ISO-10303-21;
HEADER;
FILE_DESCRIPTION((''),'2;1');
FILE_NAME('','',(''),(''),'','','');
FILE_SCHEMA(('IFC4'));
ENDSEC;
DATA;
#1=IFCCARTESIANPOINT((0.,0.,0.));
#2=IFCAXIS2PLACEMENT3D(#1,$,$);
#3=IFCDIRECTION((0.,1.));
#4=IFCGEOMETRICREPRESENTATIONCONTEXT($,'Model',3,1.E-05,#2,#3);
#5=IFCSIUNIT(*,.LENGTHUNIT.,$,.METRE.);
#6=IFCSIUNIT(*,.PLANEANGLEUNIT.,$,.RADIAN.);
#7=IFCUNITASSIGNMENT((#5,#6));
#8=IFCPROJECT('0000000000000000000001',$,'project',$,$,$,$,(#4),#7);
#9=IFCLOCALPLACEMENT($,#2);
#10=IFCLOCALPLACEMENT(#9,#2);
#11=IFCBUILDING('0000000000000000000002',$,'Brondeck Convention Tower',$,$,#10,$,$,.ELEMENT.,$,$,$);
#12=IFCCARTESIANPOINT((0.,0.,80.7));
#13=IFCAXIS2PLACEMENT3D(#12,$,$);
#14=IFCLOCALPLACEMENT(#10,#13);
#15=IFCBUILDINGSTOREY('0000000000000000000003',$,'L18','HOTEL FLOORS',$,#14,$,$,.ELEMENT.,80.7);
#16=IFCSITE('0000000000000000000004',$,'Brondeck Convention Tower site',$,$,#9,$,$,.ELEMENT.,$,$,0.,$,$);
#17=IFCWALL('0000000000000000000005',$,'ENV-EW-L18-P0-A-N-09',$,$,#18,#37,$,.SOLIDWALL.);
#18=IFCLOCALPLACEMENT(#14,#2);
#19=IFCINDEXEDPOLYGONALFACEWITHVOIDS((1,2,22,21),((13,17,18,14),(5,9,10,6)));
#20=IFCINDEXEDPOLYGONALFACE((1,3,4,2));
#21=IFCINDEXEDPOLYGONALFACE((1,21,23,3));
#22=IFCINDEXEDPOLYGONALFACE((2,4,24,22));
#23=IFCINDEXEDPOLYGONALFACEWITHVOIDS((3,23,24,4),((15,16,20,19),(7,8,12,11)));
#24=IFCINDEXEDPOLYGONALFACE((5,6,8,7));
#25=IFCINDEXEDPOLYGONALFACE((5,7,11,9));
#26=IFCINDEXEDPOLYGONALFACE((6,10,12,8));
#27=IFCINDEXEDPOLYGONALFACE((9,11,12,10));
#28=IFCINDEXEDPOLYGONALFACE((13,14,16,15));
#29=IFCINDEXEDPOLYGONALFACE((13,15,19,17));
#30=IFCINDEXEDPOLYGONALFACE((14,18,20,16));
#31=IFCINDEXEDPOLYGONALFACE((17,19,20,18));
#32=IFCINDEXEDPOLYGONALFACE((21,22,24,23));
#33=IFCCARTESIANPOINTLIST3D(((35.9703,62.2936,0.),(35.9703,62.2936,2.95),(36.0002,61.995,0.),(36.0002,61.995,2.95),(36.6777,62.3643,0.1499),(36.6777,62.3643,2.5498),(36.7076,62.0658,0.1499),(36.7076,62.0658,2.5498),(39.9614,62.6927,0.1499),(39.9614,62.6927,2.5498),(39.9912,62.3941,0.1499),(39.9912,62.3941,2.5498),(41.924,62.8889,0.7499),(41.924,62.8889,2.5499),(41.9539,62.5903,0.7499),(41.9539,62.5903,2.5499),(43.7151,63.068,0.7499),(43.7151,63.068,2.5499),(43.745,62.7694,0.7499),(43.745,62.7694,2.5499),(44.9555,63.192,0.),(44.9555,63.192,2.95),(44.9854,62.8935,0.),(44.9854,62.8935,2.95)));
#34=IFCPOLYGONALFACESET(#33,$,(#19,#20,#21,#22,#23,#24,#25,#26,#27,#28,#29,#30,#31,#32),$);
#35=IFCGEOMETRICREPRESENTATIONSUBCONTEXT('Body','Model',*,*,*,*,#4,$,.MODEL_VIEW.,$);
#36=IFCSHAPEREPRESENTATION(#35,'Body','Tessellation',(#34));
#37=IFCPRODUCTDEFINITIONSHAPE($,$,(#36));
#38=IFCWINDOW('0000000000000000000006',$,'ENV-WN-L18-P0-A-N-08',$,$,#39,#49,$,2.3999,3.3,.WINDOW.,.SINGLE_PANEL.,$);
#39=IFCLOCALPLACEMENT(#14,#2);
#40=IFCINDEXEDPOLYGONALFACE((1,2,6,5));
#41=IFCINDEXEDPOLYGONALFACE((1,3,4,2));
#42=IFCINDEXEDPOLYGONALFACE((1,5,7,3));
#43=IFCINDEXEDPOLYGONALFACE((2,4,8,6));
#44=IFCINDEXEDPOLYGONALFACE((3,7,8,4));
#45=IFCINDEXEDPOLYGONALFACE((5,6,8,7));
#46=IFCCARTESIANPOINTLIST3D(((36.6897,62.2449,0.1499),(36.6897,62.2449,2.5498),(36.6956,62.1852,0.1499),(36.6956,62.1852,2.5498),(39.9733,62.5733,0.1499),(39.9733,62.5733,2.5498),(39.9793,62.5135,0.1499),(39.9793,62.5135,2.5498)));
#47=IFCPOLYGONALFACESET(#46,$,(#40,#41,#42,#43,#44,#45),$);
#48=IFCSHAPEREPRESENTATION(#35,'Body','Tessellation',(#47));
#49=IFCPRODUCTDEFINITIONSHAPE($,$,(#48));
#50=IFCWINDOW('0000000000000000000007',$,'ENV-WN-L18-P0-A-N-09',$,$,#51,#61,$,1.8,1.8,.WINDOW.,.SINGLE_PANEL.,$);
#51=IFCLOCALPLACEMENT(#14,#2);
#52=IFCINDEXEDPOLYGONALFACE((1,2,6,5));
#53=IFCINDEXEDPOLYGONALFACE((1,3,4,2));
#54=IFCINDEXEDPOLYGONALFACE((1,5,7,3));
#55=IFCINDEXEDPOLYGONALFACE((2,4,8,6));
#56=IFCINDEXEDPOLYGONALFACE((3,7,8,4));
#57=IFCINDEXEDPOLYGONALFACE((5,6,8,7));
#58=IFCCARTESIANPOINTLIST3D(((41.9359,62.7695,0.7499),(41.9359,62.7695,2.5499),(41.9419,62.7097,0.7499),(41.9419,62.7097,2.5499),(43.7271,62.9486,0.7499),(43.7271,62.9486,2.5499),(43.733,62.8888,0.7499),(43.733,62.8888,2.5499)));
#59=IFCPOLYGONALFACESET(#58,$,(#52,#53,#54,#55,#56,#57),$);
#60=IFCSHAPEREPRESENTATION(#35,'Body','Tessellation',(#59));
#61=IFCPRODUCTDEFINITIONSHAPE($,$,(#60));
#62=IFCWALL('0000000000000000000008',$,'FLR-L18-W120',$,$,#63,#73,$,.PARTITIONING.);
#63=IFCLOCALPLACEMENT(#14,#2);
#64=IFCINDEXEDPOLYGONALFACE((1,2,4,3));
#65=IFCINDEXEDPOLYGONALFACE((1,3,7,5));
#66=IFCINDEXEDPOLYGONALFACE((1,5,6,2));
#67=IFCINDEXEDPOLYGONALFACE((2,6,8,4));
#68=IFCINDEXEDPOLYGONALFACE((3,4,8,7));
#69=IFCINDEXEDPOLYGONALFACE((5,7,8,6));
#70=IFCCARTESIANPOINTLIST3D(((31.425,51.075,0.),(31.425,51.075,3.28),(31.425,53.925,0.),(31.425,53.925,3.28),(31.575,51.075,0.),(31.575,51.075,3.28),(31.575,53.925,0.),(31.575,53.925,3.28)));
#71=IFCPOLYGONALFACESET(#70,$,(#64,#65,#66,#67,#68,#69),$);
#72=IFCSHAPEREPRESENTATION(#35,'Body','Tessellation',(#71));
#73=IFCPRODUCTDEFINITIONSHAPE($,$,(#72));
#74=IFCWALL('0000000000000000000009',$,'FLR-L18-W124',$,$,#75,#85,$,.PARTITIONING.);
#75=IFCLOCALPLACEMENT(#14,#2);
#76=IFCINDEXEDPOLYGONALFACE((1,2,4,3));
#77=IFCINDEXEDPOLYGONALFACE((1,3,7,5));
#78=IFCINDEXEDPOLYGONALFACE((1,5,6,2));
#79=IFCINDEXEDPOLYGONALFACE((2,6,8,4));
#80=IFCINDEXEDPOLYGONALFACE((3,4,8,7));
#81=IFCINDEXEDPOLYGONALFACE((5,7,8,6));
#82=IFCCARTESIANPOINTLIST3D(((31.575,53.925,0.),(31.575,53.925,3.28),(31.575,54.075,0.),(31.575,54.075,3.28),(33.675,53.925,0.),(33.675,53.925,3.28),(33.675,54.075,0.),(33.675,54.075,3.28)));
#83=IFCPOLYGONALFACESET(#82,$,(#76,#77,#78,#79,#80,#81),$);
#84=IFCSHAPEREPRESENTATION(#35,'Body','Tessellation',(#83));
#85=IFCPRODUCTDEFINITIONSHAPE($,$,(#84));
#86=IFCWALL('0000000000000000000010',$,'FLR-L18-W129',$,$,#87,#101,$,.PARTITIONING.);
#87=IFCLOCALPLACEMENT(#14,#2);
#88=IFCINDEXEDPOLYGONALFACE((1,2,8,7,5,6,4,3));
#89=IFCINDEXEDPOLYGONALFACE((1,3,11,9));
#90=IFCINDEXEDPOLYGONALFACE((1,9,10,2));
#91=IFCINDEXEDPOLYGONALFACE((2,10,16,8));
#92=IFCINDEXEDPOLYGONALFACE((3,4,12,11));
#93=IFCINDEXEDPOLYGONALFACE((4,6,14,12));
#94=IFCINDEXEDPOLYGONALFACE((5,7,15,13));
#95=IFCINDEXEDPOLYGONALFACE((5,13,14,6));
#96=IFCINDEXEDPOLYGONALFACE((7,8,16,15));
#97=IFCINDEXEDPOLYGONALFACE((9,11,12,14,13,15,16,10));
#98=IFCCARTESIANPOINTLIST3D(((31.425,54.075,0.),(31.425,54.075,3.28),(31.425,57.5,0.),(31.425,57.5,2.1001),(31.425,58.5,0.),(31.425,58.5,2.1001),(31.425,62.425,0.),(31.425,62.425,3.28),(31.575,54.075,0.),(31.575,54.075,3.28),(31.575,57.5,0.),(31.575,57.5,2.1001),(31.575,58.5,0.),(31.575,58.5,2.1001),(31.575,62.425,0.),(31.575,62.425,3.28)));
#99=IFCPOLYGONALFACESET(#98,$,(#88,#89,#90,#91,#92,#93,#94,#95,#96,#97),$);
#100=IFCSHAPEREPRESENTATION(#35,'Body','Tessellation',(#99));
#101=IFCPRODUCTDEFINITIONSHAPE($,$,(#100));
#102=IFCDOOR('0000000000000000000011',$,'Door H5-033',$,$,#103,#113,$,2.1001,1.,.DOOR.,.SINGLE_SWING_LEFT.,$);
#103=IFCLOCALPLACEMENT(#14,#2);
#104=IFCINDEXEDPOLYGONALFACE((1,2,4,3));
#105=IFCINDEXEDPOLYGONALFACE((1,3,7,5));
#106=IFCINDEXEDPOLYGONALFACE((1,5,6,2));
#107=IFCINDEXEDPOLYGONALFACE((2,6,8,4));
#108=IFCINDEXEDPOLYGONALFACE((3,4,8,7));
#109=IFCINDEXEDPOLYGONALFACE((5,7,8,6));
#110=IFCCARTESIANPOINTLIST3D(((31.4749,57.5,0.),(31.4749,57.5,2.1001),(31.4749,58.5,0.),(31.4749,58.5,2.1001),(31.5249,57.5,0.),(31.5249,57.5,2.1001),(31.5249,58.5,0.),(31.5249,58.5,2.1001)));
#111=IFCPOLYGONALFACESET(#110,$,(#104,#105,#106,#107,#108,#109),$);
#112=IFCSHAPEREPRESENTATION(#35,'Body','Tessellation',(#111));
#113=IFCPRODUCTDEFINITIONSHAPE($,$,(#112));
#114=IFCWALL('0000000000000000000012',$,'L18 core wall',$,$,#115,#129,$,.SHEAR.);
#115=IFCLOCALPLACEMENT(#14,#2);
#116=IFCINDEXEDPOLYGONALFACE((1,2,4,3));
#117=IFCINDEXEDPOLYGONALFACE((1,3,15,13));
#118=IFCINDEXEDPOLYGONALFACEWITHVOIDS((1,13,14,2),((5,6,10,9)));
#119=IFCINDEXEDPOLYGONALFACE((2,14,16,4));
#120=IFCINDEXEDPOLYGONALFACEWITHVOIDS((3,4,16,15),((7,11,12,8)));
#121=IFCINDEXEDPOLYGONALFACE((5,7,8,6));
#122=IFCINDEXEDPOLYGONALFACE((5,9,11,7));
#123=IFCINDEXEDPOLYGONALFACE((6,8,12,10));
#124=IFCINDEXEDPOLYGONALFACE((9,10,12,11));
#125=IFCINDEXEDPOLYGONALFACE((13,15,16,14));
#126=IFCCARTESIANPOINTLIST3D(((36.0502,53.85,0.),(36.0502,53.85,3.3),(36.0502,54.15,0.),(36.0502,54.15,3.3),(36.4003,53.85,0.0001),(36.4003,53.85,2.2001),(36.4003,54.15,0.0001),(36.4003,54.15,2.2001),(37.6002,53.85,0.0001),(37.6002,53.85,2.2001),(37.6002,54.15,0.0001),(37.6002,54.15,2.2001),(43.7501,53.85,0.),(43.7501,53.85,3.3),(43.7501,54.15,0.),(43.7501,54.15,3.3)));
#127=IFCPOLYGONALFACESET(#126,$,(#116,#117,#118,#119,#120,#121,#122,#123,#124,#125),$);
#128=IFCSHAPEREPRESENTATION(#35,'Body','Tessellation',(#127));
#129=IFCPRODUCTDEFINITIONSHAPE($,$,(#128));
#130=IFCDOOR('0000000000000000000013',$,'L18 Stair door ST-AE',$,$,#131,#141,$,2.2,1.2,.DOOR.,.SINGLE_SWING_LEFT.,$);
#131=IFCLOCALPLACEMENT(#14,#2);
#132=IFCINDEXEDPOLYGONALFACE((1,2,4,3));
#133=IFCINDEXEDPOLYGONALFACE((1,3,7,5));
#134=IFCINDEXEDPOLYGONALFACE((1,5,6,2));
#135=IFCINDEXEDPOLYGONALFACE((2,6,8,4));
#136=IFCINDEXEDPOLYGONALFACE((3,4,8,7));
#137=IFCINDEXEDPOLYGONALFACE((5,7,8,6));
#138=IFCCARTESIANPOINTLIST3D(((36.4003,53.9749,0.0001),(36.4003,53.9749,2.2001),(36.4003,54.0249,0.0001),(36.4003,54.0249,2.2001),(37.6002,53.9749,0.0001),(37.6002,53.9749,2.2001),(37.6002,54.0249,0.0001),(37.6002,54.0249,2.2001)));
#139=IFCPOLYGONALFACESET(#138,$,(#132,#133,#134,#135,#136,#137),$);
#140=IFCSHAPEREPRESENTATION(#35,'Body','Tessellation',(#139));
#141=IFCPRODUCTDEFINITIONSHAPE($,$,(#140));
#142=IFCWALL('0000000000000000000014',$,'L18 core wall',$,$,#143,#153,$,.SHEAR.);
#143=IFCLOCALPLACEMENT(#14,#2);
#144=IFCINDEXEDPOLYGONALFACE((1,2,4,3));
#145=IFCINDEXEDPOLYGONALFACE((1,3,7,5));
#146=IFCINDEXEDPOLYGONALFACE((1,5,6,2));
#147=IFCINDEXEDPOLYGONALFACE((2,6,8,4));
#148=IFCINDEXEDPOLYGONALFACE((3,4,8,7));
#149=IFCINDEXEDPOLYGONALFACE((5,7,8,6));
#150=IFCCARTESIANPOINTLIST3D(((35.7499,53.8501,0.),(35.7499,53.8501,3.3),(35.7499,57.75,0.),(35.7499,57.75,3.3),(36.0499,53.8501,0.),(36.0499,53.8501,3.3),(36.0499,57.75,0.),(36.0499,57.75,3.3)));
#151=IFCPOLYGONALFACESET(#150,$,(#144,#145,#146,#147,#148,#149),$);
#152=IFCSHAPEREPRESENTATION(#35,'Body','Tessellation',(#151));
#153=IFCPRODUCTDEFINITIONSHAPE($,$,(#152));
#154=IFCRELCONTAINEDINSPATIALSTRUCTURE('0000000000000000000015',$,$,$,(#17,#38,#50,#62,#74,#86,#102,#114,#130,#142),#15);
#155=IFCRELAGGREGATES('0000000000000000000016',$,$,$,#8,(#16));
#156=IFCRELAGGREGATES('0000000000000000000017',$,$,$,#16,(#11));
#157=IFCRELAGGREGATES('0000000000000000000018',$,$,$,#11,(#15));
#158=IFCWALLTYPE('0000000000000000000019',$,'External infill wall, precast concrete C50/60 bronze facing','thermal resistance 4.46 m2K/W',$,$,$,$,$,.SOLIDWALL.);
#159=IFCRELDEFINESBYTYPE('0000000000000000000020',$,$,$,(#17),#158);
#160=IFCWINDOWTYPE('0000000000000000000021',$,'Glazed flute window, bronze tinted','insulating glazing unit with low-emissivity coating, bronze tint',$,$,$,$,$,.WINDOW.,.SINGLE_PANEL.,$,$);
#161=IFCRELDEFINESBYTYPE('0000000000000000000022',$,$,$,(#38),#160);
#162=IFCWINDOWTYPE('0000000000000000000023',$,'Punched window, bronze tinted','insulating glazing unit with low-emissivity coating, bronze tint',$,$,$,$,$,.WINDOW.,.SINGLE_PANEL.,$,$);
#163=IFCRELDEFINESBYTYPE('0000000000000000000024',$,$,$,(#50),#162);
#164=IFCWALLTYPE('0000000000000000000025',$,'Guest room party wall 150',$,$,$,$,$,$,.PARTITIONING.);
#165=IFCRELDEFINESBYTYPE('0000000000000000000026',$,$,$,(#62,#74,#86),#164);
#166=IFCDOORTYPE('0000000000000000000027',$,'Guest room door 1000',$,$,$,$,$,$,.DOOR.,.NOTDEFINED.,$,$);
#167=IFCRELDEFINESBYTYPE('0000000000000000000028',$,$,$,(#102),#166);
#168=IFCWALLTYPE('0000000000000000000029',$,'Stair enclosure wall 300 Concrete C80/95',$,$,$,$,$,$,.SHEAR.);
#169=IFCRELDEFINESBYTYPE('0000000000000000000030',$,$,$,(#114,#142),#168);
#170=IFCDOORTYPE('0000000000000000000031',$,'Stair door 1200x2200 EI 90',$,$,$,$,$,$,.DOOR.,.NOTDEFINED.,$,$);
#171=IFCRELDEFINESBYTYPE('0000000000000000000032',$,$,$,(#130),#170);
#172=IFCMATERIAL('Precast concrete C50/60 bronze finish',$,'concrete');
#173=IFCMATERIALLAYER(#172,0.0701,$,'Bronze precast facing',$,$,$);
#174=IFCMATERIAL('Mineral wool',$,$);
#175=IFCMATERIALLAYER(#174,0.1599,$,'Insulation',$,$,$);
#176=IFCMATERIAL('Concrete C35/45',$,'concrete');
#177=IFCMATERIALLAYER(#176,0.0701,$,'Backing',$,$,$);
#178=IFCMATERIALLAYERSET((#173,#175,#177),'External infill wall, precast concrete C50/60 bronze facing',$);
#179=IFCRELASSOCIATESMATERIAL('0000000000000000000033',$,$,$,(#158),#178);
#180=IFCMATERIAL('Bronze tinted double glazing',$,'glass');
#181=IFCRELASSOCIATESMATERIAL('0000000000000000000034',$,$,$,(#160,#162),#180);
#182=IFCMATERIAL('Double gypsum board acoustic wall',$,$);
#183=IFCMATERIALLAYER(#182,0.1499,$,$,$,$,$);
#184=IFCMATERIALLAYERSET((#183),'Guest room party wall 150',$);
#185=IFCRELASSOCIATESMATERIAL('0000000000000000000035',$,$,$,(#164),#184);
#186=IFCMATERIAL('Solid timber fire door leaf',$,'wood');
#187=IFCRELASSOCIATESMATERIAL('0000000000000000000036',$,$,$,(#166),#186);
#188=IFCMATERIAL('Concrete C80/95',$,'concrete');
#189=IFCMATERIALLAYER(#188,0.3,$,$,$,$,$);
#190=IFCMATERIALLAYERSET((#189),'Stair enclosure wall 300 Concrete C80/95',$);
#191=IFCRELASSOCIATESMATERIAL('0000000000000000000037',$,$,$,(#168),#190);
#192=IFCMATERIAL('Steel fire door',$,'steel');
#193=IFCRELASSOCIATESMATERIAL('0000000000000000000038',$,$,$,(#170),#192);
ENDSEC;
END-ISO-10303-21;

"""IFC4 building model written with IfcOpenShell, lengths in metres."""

from ifc_helpers import new_model, si_unit, direction, frame, frame_2d, origin, place, context, subcontext, project, spatial, rectangle, extrude, material, layer, layer_set, type_object, element, fill, save


model = new_model("IFC4")

# Units and contexts
model_context = context("Model", 3, precision=1e-05, world=origin(), true_north=direction((0.0, 1.0)))
body_context = subcontext(model_context, "Body", "Model", "MODEL_VIEW")
ifc_project = project(units=[si_unit("LENGTHUNIT", "METRE"), si_unit("PLANEANGLEUNIT", "RADIAN")], contexts=[model_context])

# Site, building, storey
site_placement = place(None, origin())
site = spatial("IfcSite", under=ifc_project, at=site_placement, Name="Brondeck Convention Tower site", CompositionType="ELEMENT", RefElevation=0.0)
building_placement = place(site_placement, origin())
building = spatial("IfcBuilding", under=site, at=building_placement, Name="Brondeck Convention Tower", CompositionType="ELEMENT")
storey_placement = place(building_placement, frame((0.0, 0.0, 80.7)))
storey = spatial("IfcBuildingStorey", under=building, at=storey_placement, Name="L18", Description="HOTEL FLOORS", CompositionType="ELEMENT", Elevation=80.7)

# Shared definitions
ifc_material_1 = material(Name="Concrete C80/95", Category="concrete")

# Wall, openings, windows
ifc_material_2 = material(Name="Precast concrete C50/60 bronze finish", Category="concrete")
ifc_layer_1 = layer(ifc_material_2, 0.0701, Name="Bronze precast facing")
ifc_material_3 = material(Name="Mineral wool")
ifc_layer_2 = layer(ifc_material_3, 0.1599, Name="Insulation")
ifc_material_4 = material(Name="Concrete C35/45", Category="concrete")
ifc_layer_3 = layer(ifc_material_4, 0.0701, Name="Backing")
ifc_layer_set_1 = layer_set([ifc_layer_1, ifc_layer_2, ifc_layer_3], Name="External infill wall, precast concrete C50/60 bronze facing")
wall_type_1 = type_object("IfcWallType", Name="External infill wall, precast concrete C50/60 bronze facing", Description="thermal resistance 4.46 m2K/W", PredefinedType="SOLIDWALL", material=ifc_layer_set_1)
wall_1_placement = place(storey_placement, frame((35.9851, 62.1443, 0.0), z_axis=(0.0, 0.0, 1.0), x_axis=(0.995038, 0.099496, 0.0)))
wall_1 = element("IfcWall", 1, at=wall_1_placement, inside=storey, type_object=wall_type_1, Name="ENV-EW-L18-P0-A-N-09", PredefinedType="SOLIDWALL", context=body_context, shape_type="SweptSolid", body=[
    extrude(rectangle(XDim=9.03, YDim=0.3, at=frame_2d((4.5151, 0.0))), origin(), (0.0, 0.0, 1.0), 2.95),
])
opening_1_placement = place(wall_1_placement, frame((0.7112, 0.0, 0.1499)))
opening_1 = element("IfcOpeningElement", 2, at=opening_1_placement, cuts=wall_1, PredefinedType="OPENING", context=body_context, shape_type="SweptSolid", body=[
    extrude(rectangle(XDim=3.3, YDim=2.3999, at=frame_2d((1.6499, 1.2))), frame((0.0, 0.1599, 0.0), z_axis=(0.0, -1.0, 0.0), x_axis=(1.0, 0.0, 0.0)), (0.0, 0.0, 1.0), 0.3201),
])
opening_2_placement = place(wall_1_placement, frame((5.9836, 0.0, 0.75)))
opening_2 = element("IfcOpeningElement", 3, at=opening_2_placement, cuts=wall_1, PredefinedType="OPENING", context=body_context, shape_type="SweptSolid", body=[
    extrude(rectangle(XDim=1.8, YDim=1.8, at=frame_2d((0.8999, 0.8999))), frame((0.0, 0.1599, 0.0), z_axis=(0.0, -1.0, 0.0), x_axis=(1.0, 0.0, 0.0)), (0.0, 0.0, 1.0), 0.3201),
])
ifc_material_5 = material(Name="Bronze tinted double glazing", Category="glass")
window_type_1 = type_object("IfcWindowType", Name="Glazed flute window, bronze tinted", Description="insulating glazing unit with low-emissivity coating, bronze tint", PartitioningType="SINGLE_PANEL", PredefinedType="WINDOW", material=ifc_material_5)
window_1_placement = place(opening_1_placement, origin())
window_1 = element("IfcWindow", 4, at=window_1_placement, inside=storey, type_object=window_type_1, Name="ENV-WN-L18-P0-A-N-08", OverallHeight=2.3999, OverallWidth=3.3, PartitioningType="SINGLE_PANEL", PredefinedType="WINDOW", context=body_context, shape_type="SweptSolid", body=[
    extrude(rectangle(XDim=3.3, YDim=2.3999, at=frame_2d((1.6499, 1.2))), frame((0.0, 0.03, 0.0), z_axis=(0.0, -1.0, 0.0), x_axis=(1.0, 0.0, 0.0)), (0.0, 0.0, 1.0), 0.0601),
])
fill(opening_1, window_1)
window_type_2 = type_object("IfcWindowType", Name="Punched window, bronze tinted", Description="insulating glazing unit with low-emissivity coating, bronze tint", PartitioningType="SINGLE_PANEL", PredefinedType="WINDOW", material=ifc_material_5)
window_2_placement = place(opening_2_placement, origin())
window_2 = element("IfcWindow", 5, at=window_2_placement, inside=storey, type_object=window_type_2, Name="ENV-WN-L18-P0-A-N-09", OverallHeight=1.8, OverallWidth=1.8, PartitioningType="SINGLE_PANEL", PredefinedType="WINDOW", context=body_context, shape_type="SweptSolid", body=[
    extrude(rectangle(XDim=1.8, YDim=1.8, at=frame_2d((0.8999, 0.8999))), frame((0.0, 0.03, 0.0), z_axis=(0.0, -1.0, 0.0), x_axis=(1.0, 0.0, 0.0)), (0.0, 0.0, 1.0), 0.0601),
])
fill(opening_2, window_2)

# Walls
ifc_material_6 = material(Name="Double gypsum board acoustic wall")
ifc_layer_4 = layer(ifc_material_6, 0.1499)
ifc_layer_set_2 = layer_set([ifc_layer_4], Name="Guest room party wall 150")
wall_type_2 = type_object("IfcWallType", Name="Guest room party wall 150", PredefinedType="PARTITIONING", material=ifc_layer_set_2)
wall_2_placement = place(storey_placement, frame((31.5, 53.925, 0.0), z_axis=(0.0, 0.0, 1.0), x_axis=(0.0, -1.0, 0.0)))
element("IfcWall", 6, at=wall_2_placement, inside=storey, type_object=wall_type_2, Name="FLR-L18-W120", PredefinedType="PARTITIONING", context=body_context, shape_type="SweptSolid", body=[
    extrude(rectangle(XDim=2.8501, YDim=0.1499, at=frame_2d((1.425, 0.0))), origin(), (0.0, 0.0, 1.0), 3.28),
])
wall_3_placement = place(storey_placement, frame((33.675, 54.0, 0.0), z_axis=(0.0, 0.0, 1.0), x_axis=(-1.0, 0.0, 0.0)))
element("IfcWall", 7, at=wall_3_placement, inside=storey, type_object=wall_type_2, Name="FLR-L18-W124", PredefinedType="PARTITIONING", context=body_context, shape_type="SweptSolid", body=[
    extrude(rectangle(XDim=2.1001, YDim=0.1499, at=frame_2d((1.05, 0.0))), origin(), (0.0, 0.0, 1.0), 3.28),
])

# Walls, openings, doors
wall_4_placement = place(storey_placement, frame((31.5, 62.425, 0.0), z_axis=(0.0, 0.0, 1.0), x_axis=(0.0, -1.0, 0.0)))
wall_4 = element("IfcWall", 8, at=wall_4_placement, inside=storey, type_object=wall_type_2, Name="FLR-L18-W129", PredefinedType="PARTITIONING", context=body_context, shape_type="SweptSolid", body=[
    extrude(rectangle(XDim=8.3501, YDim=0.1499, at=frame_2d((4.175, 0.0))), origin(), (0.0, 0.0, 1.0), 3.28),
])
opening_3_placement = place(wall_4_placement, frame((3.925, 0.0, 0.0)))
opening_3 = element("IfcOpeningElement", 9, at=opening_3_placement, cuts=wall_4, PredefinedType="OPENING", context=body_context, shape_type="SweptSolid", body=[
    extrude(rectangle(XDim=1.0, YDim=2.1001, at=frame_2d((0.5, 1.05))), frame((0.0, 0.085, 0.0), z_axis=(0.0, -1.0, 0.0), x_axis=(1.0, 0.0, 0.0)), (0.0, 0.0, 1.0), 0.1699),
])
ifc_material_7 = material(Name="Solid timber fire door leaf", Category="wood")
door_type_1 = type_object("IfcDoorType", Name="Guest room door 1000", OperationType="NOTDEFINED", PredefinedType="DOOR", material=ifc_material_7)
door_1_placement = place(opening_3_placement, origin())
door_1 = element("IfcDoor", 10, at=door_1_placement, inside=storey, type_object=door_type_1, Name="Door H5-033", OperationType="SINGLE_SWING_LEFT", OverallHeight=2.1001, OverallWidth=1.0, PredefinedType="DOOR", context=body_context, shape_type="SweptSolid", body=[
    extrude(rectangle(XDim=1.0, YDim=2.1001, at=frame_2d((0.5, 1.05))), frame((0.0, 0.0249, 0.0), z_axis=(0.0, -1.0, 0.0), x_axis=(1.0, 0.0, 0.0)), (0.0, 0.0, 1.0), 0.05),
])
fill(opening_3, door_1)
ifc_layer_5 = layer(ifc_material_1, 0.3)
ifc_layer_set_3 = layer_set([ifc_layer_5], Name="Stair enclosure wall 300 Concrete C80/95")
wall_type_3 = type_object("IfcWallType", Name="Stair enclosure wall 300 Concrete C80/95", PredefinedType="SHEAR", material=ifc_layer_set_3)
wall_5_placement = place(storey_placement, frame((36.05, 54.0, 0.0), z_axis=(0.0, 0.0, 1.0), x_axis=(1.0, 0.0, 0.0)))
wall_5 = element("IfcWall", 11, at=wall_5_placement, inside=storey, type_object=wall_type_3, Name="L18 core wall", PredefinedType="SHEAR", context=body_context, shape_type="SweptSolid", body=[
    extrude(rectangle(XDim=7.7, YDim=0.3, at=frame_2d((3.8501, 0.0))), origin(), (0.0, 0.0, 1.0), 3.3),
])
opening_4_placement = place(wall_5_placement, frame((0.3501, 0.0, 0.0)))
opening_4 = element("IfcOpeningElement", 12, at=opening_4_placement, cuts=wall_5, PredefinedType="OPENING", context=body_context, shape_type="SweptSolid", body=[
    extrude(rectangle(XDim=1.2, YDim=2.2, at=frame_2d((0.6001, 1.1001))), frame((0.0, 0.1599, 0.0), z_axis=(0.0, -1.0, 0.0), x_axis=(1.0, 0.0, 0.0)), (0.0, 0.0, 1.0), 0.3201),
])
ifc_material_8 = material(Name="Steel fire door", Category="steel")
door_type_2 = type_object("IfcDoorType", Name="Stair door 1200x2200 EI 90", OperationType="NOTDEFINED", PredefinedType="DOOR", material=ifc_material_8)
door_2_placement = place(opening_4_placement, origin())
door_2 = element("IfcDoor", 13, at=door_2_placement, inside=storey, type_object=door_type_2, Name="L18 Stair door ST-AE", OperationType="SINGLE_SWING_LEFT", OverallHeight=2.2, OverallWidth=1.2, PredefinedType="DOOR", context=body_context, shape_type="SweptSolid", body=[
    extrude(rectangle(XDim=1.2, YDim=2.2, at=frame_2d((0.6001, 1.1001))), frame((0.0, 0.0249, 0.0), z_axis=(0.0, -1.0, 0.0), x_axis=(1.0, 0.0, 0.0)), (0.0, 0.0, 1.0), 0.05),
])
fill(opening_4, door_2)

# Wall
wall_6_placement = place(storey_placement, frame((35.8999, 53.8501, 0.0), z_axis=(0.0, 0.0, 1.0), x_axis=(0.0, 1.0, 0.0)))
element("IfcWall", 14, at=wall_6_placement, inside=storey, type_object=wall_type_3, Name="L18 core wall", PredefinedType="SHEAR", context=body_context, shape_type="SweptSolid", body=[
    extrude(rectangle(XDim=3.8999, YDim=0.3, at=frame_2d((1.95, 0.0))), origin(), (0.0, 0.0, 1.0), 3.3),
])

save(model, "model.ifc")
